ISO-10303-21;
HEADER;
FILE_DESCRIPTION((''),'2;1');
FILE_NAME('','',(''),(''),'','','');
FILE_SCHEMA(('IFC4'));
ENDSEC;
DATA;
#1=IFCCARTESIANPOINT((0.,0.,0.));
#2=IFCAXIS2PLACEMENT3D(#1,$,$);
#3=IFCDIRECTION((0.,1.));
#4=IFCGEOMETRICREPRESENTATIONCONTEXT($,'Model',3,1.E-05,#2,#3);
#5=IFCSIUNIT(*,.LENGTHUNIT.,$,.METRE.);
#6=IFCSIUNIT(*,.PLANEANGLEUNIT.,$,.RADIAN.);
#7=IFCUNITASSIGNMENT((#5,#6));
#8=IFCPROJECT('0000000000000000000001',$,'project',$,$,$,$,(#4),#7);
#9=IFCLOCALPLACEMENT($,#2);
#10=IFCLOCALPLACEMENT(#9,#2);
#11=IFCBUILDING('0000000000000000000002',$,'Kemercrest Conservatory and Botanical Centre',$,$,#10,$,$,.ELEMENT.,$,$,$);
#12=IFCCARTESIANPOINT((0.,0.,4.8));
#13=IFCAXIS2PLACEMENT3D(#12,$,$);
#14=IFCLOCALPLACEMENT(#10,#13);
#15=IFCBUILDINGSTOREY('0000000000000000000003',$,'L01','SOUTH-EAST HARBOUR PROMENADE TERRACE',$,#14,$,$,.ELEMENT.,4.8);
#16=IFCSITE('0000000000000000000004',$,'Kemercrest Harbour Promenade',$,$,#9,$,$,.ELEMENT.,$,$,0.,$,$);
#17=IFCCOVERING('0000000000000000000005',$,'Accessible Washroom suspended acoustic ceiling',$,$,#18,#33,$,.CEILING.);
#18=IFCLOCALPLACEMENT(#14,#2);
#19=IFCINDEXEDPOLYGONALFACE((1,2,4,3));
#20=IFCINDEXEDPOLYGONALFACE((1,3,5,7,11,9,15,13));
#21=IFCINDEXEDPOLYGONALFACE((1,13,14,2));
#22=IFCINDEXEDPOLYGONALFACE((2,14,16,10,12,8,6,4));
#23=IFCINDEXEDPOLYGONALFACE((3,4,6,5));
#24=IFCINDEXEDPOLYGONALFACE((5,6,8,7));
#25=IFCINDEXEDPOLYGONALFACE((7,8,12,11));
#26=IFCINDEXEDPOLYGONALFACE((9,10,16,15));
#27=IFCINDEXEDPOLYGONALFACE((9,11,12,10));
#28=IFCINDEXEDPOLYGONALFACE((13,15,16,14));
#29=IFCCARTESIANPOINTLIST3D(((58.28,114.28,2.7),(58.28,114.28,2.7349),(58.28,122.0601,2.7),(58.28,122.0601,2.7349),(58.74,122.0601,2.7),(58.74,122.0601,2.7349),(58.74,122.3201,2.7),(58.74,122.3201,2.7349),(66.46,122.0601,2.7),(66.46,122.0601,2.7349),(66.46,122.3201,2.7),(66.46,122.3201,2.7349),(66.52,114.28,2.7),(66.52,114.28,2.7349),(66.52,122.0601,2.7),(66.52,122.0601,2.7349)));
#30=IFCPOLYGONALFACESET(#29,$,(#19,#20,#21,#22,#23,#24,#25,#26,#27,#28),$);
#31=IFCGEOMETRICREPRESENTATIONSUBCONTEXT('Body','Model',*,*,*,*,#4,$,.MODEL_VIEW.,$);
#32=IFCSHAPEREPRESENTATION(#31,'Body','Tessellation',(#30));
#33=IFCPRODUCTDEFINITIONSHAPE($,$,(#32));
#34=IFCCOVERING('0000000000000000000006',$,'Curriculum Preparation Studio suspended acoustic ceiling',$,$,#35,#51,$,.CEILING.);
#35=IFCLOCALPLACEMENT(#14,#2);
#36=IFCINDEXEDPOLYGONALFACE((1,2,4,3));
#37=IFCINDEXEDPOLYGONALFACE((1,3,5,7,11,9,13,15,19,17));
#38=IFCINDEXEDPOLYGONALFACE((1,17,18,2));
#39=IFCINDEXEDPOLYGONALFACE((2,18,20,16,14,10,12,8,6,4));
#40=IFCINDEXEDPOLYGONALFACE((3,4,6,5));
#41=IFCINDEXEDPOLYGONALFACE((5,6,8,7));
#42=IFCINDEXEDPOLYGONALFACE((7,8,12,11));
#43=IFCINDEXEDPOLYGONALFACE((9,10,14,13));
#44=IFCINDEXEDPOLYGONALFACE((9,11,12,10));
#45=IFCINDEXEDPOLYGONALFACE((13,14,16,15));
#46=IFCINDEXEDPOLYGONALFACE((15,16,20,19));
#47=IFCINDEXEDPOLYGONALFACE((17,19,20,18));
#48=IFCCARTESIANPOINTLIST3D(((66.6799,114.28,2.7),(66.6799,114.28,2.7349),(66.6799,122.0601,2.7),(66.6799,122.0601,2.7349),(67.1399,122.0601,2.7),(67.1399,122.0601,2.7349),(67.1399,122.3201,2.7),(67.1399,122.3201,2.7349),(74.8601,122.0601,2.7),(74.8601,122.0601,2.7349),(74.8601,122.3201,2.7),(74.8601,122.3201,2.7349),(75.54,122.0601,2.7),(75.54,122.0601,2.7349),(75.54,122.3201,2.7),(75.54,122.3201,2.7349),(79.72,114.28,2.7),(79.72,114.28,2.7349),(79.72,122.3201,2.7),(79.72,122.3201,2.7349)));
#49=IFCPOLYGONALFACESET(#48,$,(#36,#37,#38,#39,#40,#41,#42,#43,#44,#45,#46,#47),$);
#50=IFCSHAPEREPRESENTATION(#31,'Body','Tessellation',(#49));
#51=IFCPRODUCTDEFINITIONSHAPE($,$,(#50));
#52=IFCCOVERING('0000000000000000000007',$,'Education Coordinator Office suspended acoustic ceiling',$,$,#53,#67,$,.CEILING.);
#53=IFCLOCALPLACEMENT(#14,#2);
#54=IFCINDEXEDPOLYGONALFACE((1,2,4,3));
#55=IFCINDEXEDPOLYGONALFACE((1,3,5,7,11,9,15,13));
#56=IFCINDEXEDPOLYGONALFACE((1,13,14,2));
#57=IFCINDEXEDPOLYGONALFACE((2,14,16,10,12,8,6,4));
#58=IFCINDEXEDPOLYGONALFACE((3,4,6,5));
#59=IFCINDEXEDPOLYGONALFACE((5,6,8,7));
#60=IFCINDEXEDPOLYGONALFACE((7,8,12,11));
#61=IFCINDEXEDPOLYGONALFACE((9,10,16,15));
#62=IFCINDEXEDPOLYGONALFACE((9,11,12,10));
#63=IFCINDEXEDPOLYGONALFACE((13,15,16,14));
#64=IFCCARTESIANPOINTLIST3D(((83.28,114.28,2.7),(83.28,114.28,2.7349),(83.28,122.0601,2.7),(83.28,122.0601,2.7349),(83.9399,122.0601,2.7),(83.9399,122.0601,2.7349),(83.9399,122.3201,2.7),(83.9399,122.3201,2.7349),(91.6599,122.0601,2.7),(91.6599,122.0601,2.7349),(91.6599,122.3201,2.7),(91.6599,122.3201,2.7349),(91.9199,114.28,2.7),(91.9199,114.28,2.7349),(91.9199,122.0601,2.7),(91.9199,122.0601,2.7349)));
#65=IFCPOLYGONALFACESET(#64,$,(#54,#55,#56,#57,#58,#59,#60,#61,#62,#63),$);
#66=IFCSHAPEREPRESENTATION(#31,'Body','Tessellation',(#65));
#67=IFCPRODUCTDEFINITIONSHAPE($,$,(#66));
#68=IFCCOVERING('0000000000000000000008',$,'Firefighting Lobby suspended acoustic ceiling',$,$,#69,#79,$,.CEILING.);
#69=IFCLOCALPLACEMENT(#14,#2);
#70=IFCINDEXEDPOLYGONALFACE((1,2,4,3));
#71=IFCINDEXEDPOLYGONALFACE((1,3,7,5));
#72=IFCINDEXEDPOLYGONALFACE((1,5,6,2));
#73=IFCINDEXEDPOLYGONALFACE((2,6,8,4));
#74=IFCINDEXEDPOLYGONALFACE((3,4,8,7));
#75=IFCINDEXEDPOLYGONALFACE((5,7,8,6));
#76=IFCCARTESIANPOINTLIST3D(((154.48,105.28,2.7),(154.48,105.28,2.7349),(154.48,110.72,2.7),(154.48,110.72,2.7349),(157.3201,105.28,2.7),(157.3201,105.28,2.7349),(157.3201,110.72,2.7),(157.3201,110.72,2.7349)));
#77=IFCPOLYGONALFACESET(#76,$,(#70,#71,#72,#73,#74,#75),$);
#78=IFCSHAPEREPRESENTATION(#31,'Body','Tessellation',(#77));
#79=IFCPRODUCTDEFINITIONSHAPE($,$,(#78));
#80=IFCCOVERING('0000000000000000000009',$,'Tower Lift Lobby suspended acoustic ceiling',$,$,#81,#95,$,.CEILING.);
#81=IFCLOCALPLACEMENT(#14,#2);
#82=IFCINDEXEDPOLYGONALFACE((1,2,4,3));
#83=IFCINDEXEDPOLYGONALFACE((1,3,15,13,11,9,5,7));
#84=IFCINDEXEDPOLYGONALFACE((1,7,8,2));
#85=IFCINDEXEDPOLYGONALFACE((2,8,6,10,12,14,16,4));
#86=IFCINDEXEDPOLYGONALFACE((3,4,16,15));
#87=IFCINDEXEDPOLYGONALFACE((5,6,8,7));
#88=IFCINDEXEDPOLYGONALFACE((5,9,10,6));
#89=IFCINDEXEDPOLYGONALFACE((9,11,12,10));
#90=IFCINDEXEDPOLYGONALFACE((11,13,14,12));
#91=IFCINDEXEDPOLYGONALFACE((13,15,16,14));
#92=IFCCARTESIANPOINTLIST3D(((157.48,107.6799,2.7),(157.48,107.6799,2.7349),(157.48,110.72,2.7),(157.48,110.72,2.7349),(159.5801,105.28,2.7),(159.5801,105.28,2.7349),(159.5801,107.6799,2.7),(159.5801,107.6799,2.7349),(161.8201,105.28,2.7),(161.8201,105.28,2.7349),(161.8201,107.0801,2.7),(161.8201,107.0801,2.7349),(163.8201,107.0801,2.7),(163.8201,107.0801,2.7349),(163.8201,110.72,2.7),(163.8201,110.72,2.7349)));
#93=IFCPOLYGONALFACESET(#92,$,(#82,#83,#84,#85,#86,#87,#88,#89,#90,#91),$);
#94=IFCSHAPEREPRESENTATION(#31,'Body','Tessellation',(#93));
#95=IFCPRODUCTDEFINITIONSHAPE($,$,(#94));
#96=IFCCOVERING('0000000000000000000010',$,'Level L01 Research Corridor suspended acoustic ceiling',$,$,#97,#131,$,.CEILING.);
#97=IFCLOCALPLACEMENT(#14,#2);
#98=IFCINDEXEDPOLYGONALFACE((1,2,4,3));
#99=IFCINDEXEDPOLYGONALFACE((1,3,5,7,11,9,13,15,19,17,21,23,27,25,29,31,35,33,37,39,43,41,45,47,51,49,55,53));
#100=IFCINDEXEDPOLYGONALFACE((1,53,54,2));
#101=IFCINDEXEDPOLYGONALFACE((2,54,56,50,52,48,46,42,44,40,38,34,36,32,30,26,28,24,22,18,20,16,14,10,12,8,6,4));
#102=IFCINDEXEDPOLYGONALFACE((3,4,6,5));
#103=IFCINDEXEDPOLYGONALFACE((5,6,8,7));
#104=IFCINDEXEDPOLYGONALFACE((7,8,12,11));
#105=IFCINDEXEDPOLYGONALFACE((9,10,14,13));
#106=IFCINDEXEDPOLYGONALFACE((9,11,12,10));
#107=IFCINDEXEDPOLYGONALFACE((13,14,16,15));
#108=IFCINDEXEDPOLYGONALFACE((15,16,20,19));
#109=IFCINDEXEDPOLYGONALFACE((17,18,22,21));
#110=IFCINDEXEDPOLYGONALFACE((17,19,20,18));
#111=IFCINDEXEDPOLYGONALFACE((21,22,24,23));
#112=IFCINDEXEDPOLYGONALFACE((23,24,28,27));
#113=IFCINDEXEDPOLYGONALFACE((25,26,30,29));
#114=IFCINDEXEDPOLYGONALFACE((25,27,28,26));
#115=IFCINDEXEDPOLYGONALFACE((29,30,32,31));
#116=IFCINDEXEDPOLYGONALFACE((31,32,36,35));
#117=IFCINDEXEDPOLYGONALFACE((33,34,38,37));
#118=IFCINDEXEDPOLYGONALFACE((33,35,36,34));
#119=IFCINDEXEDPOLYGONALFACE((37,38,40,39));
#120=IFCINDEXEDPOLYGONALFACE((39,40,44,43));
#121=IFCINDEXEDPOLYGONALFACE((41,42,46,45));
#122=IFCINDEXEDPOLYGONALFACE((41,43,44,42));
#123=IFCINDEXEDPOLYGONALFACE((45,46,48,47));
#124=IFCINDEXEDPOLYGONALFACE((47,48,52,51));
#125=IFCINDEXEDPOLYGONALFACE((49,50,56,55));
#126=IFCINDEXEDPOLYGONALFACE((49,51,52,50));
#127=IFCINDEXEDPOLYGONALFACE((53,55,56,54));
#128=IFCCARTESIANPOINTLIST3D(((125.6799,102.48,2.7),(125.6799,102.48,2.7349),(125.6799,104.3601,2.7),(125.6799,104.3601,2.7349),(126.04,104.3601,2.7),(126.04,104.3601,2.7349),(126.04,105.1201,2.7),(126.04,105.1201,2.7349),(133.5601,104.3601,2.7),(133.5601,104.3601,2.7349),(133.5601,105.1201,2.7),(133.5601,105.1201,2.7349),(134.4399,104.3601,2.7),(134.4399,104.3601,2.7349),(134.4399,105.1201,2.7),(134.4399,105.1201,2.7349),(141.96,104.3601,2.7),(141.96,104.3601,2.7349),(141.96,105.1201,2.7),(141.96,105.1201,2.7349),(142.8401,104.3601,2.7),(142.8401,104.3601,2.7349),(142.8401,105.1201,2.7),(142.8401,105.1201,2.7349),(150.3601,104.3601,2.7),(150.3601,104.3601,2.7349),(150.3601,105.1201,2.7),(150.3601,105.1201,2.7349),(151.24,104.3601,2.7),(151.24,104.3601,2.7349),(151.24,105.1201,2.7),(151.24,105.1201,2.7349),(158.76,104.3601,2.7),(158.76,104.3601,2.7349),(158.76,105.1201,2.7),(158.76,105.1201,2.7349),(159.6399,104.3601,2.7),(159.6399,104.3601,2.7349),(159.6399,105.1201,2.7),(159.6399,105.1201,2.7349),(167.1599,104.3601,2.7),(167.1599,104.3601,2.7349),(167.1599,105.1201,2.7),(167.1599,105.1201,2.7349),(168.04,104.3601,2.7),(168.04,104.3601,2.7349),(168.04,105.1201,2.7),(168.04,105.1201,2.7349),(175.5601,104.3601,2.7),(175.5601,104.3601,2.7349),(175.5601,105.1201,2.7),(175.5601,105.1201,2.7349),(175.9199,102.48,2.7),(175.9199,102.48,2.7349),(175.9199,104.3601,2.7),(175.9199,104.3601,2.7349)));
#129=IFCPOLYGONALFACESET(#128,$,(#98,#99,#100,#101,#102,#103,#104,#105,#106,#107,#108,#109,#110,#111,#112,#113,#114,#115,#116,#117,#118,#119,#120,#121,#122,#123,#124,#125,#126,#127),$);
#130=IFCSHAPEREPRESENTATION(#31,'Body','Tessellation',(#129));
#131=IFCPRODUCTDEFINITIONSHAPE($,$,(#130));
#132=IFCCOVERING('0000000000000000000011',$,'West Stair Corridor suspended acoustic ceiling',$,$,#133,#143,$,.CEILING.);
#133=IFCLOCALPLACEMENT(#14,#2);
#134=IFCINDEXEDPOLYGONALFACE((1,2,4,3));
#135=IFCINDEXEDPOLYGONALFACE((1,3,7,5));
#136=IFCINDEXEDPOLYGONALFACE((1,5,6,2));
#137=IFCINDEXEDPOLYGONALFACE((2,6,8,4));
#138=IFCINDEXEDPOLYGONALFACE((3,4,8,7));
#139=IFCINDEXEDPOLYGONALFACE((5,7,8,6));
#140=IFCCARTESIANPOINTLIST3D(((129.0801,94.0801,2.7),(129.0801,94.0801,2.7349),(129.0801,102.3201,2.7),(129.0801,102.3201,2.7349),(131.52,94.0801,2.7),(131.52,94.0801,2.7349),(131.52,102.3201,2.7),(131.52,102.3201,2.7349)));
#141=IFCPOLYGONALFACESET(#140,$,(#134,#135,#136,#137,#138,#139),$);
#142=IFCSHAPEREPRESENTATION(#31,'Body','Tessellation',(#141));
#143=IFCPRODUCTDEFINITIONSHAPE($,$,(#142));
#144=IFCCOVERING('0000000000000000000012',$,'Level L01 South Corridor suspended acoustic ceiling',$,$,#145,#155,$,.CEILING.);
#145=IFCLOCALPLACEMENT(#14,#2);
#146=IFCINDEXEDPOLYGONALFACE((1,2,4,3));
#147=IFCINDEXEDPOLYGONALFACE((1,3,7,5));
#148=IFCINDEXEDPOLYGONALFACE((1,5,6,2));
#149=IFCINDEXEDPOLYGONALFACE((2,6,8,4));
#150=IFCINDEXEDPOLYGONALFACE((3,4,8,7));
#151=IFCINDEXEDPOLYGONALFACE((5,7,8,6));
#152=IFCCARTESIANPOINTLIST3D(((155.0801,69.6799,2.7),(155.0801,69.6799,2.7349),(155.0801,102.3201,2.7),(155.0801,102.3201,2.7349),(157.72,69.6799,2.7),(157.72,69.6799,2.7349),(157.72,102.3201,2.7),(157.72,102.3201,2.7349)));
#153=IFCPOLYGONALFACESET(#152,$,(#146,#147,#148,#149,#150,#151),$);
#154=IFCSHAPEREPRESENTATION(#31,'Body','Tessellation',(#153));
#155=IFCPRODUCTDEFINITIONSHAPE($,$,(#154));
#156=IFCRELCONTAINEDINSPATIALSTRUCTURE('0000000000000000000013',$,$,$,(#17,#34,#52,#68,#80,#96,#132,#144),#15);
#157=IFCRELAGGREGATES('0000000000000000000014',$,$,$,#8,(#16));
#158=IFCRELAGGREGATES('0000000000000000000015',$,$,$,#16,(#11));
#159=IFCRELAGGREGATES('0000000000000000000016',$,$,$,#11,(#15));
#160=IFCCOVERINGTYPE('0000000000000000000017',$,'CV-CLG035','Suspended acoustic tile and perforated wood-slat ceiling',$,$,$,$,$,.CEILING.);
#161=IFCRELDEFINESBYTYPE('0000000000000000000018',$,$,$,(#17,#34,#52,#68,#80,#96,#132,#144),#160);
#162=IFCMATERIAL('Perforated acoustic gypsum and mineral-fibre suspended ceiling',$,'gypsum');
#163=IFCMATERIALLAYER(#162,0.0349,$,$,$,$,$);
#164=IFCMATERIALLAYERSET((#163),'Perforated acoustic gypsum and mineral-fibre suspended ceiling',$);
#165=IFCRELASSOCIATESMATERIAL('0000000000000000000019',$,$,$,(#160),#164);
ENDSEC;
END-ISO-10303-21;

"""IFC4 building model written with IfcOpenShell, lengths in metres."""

from ifc_helpers import new_model, si_unit, direction, frame, origin, place, context, subcontext, project, spatial, polyline, outline, extrude, material, layer, layer_set, type_object, element, save


model = new_model("IFC4")

# Units and contexts
model_context = context("Model", 3, precision=1e-05, world=origin(), true_north=direction((0.0, 1.0)))
body_context = subcontext(model_context, "Body", "Model", "MODEL_VIEW")
ifc_project = project(units=[si_unit("LENGTHUNIT", "METRE"), si_unit("PLANEANGLEUNIT", "RADIAN")], contexts=[model_context])

# Site, building, storey
site_placement = place(None, origin())
site = spatial("IfcSite", under=ifc_project, at=site_placement, Name="Kemercrest Harbour Promenade", CompositionType="ELEMENT", RefElevation=0.0)
building_placement = place(site_placement, origin())
building = spatial("IfcBuilding", under=site, at=building_placement, Name="Kemercrest Conservatory and Botanical Centre", CompositionType="ELEMENT")
storey_placement = place(building_placement, frame((0.0, 0.0, 4.8)))
storey = spatial("IfcBuildingStorey", under=building, at=storey_placement, Name="L01", Description="SOUTH-EAST HARBOUR PROMENADE TERRACE", CompositionType="ELEMENT", Elevation=4.8)

# Coverings
ifc_material = material(Name="Perforated acoustic gypsum and mineral-fibre suspended ceiling", Category="gypsum")
ifc_layer = layer(ifc_material, 0.0349)
ifc_layer_set = layer_set([ifc_layer], Name="Perforated acoustic gypsum and mineral-fibre suspended ceiling")
covering_type = type_object("IfcCoveringType", Name="CV-CLG035", Description="Suspended acoustic tile and perforated wood-slat ceiling", PredefinedType="CEILING", material=ifc_layer_set)
covering_1_placement = place(storey_placement, frame((0.0, 0.0, 2.7)))
element("IfcCovering", 1, at=covering_1_placement, inside=storey, type_object=covering_type, Name="Accessible Washroom suspended acoustic ceiling", PredefinedType="CEILING", context=body_context, shape_type="SweptSolid", body=[
    extrude(outline(polyline([(58.28, 114.28), (66.52, 114.28), (66.52, 122.0601), (66.46, 122.0601), (66.46, 122.3201), (58.74, 122.3201), (58.74, 122.0601), (58.28, 122.0601), (58.28, 114.28)])), origin(), (0.0, 0.0, 1.0), 0.0349),
])
covering_2_placement = place(storey_placement, frame((0.0, 0.0, 2.7)))
element("IfcCovering", 2, at=covering_2_placement, inside=storey, type_object=covering_type, Name="Curriculum Preparation Studio suspended acoustic ceiling", PredefinedType="CEILING", context=body_context, shape_type="SweptSolid", body=[
    extrude(outline(polyline([(66.6799, 114.28), (79.72, 114.28), (79.72, 122.3201), (75.54, 122.3201), (75.54, 122.0601), (74.8601, 122.0601), (74.8601, 122.3201), (67.1399, 122.3201), (67.1399, 122.0601), (66.6799, 122.0601), (66.6799, 114.28)])), origin(), (0.0, 0.0, 1.0), 0.0349),
])
covering_3_placement = place(storey_placement, frame((0.0, 0.0, 2.7)))
element("IfcCovering", 3, at=covering_3_placement, inside=storey, type_object=covering_type, Name="Education Coordinator Office suspended acoustic ceiling", PredefinedType="CEILING", context=body_context, shape_type="SweptSolid", body=[
    extrude(outline(polyline([(83.28, 114.28), (91.9199, 114.28), (91.9199, 122.0601), (91.6599, 122.0601), (91.6599, 122.3201), (83.9399, 122.3201), (83.9399, 122.0601), (83.28, 122.0601), (83.28, 114.28)])), origin(), (0.0, 0.0, 1.0), 0.0349),
])
covering_4_placement = place(storey_placement, frame((0.0, 0.0, 2.7)))
element("IfcCovering", 4, at=covering_4_placement, inside=storey, type_object=covering_type, Name="Firefighting Lobby suspended acoustic ceiling", PredefinedType="CEILING", context=body_context, shape_type="SweptSolid", body=[
    extrude(outline(polyline([(154.48, 105.28), (157.3201, 105.28), (157.3201, 110.72), (154.48, 110.72), (154.48, 105.28)])), origin(), (0.0, 0.0, 1.0), 0.0349),
])
covering_5_placement = place(storey_placement, frame((0.0, 0.0, 2.7)))
element("IfcCovering", 5, at=covering_5_placement, inside=storey, type_object=covering_type, Name="Tower Lift Lobby suspended acoustic ceiling", PredefinedType="CEILING", context=body_context, shape_type="SweptSolid", body=[
    extrude(outline(polyline([(159.5801, 107.6799), (159.5801, 105.28), (161.8201, 105.28), (161.8201, 107.0801), (163.8201, 107.0801), (163.8201, 110.72), (157.48, 110.72), (157.48, 107.6799), (159.5801, 107.6799)])), origin(), (0.0, 0.0, 1.0), 0.0349),
])
covering_6_placement = place(storey_placement, frame((0.0, 0.0, 2.7)))
element("IfcCovering", 6, at=covering_6_placement, inside=storey, type_object=covering_type, Name="Level L01 Research Corridor suspended acoustic ceiling", PredefinedType="CEILING", context=body_context, shape_type="SweptSolid", body=[
    extrude(outline(polyline([(125.6799, 102.48), (175.9199, 102.48), (175.9199, 104.3601), (175.5601, 104.3601), (175.5601, 105.1201), (168.04, 105.1201), (168.04, 104.3601), (167.1599, 104.3601), (167.1599, 105.1201), (159.6399, 105.1201), (159.6399, 104.3601), (158.76, 104.3601), (158.76, 105.1201), (151.24, 105.1201), (151.24, 104.3601), (150.3601, 104.3601), (150.3601, 105.1201), (142.8401, 105.1201), (142.8401, 104.3601), (141.96, 104.3601), (141.96, 105.1201), (134.4399, 105.1201), (134.4399, 104.3601), (133.5601, 104.3601), (133.5601, 105.1201), (126.04, 105.1201), (126.04, 104.3601), (125.6799, 104.3601), (125.6799, 102.48)])), origin(), (0.0, 0.0, 1.0), 0.0349),
])
covering_7_placement = place(storey_placement, frame((0.0, 0.0, 2.7)))
element("IfcCovering", 7, at=covering_7_placement, inside=storey, type_object=covering_type, Name="West Stair Corridor suspended acoustic ceiling", PredefinedType="CEILING", context=body_context, shape_type="SweptSolid", body=[
    extrude(outline(polyline([(129.0801, 94.0801), (131.52, 94.0801), (131.52, 102.3201), (129.0801, 102.3201), (129.0801, 94.0801)])), origin(), (0.0, 0.0, 1.0), 0.0349),
])
covering_8_placement = place(storey_placement, frame((0.0, 0.0, 2.7)))
element("IfcCovering", 8, at=covering_8_placement, inside=storey, type_object=covering_type, Name="Level L01 South Corridor suspended acoustic ceiling", PredefinedType="CEILING", context=body_context, shape_type="SweptSolid", body=[
    extrude(outline(polyline([(155.0801, 69.6799), (157.72, 69.6799), (157.72, 102.3201), (155.0801, 102.3201), (155.0801, 69.6799)])), origin(), (0.0, 0.0, 1.0), 0.0349),
])

save(model, "model.ifc")
